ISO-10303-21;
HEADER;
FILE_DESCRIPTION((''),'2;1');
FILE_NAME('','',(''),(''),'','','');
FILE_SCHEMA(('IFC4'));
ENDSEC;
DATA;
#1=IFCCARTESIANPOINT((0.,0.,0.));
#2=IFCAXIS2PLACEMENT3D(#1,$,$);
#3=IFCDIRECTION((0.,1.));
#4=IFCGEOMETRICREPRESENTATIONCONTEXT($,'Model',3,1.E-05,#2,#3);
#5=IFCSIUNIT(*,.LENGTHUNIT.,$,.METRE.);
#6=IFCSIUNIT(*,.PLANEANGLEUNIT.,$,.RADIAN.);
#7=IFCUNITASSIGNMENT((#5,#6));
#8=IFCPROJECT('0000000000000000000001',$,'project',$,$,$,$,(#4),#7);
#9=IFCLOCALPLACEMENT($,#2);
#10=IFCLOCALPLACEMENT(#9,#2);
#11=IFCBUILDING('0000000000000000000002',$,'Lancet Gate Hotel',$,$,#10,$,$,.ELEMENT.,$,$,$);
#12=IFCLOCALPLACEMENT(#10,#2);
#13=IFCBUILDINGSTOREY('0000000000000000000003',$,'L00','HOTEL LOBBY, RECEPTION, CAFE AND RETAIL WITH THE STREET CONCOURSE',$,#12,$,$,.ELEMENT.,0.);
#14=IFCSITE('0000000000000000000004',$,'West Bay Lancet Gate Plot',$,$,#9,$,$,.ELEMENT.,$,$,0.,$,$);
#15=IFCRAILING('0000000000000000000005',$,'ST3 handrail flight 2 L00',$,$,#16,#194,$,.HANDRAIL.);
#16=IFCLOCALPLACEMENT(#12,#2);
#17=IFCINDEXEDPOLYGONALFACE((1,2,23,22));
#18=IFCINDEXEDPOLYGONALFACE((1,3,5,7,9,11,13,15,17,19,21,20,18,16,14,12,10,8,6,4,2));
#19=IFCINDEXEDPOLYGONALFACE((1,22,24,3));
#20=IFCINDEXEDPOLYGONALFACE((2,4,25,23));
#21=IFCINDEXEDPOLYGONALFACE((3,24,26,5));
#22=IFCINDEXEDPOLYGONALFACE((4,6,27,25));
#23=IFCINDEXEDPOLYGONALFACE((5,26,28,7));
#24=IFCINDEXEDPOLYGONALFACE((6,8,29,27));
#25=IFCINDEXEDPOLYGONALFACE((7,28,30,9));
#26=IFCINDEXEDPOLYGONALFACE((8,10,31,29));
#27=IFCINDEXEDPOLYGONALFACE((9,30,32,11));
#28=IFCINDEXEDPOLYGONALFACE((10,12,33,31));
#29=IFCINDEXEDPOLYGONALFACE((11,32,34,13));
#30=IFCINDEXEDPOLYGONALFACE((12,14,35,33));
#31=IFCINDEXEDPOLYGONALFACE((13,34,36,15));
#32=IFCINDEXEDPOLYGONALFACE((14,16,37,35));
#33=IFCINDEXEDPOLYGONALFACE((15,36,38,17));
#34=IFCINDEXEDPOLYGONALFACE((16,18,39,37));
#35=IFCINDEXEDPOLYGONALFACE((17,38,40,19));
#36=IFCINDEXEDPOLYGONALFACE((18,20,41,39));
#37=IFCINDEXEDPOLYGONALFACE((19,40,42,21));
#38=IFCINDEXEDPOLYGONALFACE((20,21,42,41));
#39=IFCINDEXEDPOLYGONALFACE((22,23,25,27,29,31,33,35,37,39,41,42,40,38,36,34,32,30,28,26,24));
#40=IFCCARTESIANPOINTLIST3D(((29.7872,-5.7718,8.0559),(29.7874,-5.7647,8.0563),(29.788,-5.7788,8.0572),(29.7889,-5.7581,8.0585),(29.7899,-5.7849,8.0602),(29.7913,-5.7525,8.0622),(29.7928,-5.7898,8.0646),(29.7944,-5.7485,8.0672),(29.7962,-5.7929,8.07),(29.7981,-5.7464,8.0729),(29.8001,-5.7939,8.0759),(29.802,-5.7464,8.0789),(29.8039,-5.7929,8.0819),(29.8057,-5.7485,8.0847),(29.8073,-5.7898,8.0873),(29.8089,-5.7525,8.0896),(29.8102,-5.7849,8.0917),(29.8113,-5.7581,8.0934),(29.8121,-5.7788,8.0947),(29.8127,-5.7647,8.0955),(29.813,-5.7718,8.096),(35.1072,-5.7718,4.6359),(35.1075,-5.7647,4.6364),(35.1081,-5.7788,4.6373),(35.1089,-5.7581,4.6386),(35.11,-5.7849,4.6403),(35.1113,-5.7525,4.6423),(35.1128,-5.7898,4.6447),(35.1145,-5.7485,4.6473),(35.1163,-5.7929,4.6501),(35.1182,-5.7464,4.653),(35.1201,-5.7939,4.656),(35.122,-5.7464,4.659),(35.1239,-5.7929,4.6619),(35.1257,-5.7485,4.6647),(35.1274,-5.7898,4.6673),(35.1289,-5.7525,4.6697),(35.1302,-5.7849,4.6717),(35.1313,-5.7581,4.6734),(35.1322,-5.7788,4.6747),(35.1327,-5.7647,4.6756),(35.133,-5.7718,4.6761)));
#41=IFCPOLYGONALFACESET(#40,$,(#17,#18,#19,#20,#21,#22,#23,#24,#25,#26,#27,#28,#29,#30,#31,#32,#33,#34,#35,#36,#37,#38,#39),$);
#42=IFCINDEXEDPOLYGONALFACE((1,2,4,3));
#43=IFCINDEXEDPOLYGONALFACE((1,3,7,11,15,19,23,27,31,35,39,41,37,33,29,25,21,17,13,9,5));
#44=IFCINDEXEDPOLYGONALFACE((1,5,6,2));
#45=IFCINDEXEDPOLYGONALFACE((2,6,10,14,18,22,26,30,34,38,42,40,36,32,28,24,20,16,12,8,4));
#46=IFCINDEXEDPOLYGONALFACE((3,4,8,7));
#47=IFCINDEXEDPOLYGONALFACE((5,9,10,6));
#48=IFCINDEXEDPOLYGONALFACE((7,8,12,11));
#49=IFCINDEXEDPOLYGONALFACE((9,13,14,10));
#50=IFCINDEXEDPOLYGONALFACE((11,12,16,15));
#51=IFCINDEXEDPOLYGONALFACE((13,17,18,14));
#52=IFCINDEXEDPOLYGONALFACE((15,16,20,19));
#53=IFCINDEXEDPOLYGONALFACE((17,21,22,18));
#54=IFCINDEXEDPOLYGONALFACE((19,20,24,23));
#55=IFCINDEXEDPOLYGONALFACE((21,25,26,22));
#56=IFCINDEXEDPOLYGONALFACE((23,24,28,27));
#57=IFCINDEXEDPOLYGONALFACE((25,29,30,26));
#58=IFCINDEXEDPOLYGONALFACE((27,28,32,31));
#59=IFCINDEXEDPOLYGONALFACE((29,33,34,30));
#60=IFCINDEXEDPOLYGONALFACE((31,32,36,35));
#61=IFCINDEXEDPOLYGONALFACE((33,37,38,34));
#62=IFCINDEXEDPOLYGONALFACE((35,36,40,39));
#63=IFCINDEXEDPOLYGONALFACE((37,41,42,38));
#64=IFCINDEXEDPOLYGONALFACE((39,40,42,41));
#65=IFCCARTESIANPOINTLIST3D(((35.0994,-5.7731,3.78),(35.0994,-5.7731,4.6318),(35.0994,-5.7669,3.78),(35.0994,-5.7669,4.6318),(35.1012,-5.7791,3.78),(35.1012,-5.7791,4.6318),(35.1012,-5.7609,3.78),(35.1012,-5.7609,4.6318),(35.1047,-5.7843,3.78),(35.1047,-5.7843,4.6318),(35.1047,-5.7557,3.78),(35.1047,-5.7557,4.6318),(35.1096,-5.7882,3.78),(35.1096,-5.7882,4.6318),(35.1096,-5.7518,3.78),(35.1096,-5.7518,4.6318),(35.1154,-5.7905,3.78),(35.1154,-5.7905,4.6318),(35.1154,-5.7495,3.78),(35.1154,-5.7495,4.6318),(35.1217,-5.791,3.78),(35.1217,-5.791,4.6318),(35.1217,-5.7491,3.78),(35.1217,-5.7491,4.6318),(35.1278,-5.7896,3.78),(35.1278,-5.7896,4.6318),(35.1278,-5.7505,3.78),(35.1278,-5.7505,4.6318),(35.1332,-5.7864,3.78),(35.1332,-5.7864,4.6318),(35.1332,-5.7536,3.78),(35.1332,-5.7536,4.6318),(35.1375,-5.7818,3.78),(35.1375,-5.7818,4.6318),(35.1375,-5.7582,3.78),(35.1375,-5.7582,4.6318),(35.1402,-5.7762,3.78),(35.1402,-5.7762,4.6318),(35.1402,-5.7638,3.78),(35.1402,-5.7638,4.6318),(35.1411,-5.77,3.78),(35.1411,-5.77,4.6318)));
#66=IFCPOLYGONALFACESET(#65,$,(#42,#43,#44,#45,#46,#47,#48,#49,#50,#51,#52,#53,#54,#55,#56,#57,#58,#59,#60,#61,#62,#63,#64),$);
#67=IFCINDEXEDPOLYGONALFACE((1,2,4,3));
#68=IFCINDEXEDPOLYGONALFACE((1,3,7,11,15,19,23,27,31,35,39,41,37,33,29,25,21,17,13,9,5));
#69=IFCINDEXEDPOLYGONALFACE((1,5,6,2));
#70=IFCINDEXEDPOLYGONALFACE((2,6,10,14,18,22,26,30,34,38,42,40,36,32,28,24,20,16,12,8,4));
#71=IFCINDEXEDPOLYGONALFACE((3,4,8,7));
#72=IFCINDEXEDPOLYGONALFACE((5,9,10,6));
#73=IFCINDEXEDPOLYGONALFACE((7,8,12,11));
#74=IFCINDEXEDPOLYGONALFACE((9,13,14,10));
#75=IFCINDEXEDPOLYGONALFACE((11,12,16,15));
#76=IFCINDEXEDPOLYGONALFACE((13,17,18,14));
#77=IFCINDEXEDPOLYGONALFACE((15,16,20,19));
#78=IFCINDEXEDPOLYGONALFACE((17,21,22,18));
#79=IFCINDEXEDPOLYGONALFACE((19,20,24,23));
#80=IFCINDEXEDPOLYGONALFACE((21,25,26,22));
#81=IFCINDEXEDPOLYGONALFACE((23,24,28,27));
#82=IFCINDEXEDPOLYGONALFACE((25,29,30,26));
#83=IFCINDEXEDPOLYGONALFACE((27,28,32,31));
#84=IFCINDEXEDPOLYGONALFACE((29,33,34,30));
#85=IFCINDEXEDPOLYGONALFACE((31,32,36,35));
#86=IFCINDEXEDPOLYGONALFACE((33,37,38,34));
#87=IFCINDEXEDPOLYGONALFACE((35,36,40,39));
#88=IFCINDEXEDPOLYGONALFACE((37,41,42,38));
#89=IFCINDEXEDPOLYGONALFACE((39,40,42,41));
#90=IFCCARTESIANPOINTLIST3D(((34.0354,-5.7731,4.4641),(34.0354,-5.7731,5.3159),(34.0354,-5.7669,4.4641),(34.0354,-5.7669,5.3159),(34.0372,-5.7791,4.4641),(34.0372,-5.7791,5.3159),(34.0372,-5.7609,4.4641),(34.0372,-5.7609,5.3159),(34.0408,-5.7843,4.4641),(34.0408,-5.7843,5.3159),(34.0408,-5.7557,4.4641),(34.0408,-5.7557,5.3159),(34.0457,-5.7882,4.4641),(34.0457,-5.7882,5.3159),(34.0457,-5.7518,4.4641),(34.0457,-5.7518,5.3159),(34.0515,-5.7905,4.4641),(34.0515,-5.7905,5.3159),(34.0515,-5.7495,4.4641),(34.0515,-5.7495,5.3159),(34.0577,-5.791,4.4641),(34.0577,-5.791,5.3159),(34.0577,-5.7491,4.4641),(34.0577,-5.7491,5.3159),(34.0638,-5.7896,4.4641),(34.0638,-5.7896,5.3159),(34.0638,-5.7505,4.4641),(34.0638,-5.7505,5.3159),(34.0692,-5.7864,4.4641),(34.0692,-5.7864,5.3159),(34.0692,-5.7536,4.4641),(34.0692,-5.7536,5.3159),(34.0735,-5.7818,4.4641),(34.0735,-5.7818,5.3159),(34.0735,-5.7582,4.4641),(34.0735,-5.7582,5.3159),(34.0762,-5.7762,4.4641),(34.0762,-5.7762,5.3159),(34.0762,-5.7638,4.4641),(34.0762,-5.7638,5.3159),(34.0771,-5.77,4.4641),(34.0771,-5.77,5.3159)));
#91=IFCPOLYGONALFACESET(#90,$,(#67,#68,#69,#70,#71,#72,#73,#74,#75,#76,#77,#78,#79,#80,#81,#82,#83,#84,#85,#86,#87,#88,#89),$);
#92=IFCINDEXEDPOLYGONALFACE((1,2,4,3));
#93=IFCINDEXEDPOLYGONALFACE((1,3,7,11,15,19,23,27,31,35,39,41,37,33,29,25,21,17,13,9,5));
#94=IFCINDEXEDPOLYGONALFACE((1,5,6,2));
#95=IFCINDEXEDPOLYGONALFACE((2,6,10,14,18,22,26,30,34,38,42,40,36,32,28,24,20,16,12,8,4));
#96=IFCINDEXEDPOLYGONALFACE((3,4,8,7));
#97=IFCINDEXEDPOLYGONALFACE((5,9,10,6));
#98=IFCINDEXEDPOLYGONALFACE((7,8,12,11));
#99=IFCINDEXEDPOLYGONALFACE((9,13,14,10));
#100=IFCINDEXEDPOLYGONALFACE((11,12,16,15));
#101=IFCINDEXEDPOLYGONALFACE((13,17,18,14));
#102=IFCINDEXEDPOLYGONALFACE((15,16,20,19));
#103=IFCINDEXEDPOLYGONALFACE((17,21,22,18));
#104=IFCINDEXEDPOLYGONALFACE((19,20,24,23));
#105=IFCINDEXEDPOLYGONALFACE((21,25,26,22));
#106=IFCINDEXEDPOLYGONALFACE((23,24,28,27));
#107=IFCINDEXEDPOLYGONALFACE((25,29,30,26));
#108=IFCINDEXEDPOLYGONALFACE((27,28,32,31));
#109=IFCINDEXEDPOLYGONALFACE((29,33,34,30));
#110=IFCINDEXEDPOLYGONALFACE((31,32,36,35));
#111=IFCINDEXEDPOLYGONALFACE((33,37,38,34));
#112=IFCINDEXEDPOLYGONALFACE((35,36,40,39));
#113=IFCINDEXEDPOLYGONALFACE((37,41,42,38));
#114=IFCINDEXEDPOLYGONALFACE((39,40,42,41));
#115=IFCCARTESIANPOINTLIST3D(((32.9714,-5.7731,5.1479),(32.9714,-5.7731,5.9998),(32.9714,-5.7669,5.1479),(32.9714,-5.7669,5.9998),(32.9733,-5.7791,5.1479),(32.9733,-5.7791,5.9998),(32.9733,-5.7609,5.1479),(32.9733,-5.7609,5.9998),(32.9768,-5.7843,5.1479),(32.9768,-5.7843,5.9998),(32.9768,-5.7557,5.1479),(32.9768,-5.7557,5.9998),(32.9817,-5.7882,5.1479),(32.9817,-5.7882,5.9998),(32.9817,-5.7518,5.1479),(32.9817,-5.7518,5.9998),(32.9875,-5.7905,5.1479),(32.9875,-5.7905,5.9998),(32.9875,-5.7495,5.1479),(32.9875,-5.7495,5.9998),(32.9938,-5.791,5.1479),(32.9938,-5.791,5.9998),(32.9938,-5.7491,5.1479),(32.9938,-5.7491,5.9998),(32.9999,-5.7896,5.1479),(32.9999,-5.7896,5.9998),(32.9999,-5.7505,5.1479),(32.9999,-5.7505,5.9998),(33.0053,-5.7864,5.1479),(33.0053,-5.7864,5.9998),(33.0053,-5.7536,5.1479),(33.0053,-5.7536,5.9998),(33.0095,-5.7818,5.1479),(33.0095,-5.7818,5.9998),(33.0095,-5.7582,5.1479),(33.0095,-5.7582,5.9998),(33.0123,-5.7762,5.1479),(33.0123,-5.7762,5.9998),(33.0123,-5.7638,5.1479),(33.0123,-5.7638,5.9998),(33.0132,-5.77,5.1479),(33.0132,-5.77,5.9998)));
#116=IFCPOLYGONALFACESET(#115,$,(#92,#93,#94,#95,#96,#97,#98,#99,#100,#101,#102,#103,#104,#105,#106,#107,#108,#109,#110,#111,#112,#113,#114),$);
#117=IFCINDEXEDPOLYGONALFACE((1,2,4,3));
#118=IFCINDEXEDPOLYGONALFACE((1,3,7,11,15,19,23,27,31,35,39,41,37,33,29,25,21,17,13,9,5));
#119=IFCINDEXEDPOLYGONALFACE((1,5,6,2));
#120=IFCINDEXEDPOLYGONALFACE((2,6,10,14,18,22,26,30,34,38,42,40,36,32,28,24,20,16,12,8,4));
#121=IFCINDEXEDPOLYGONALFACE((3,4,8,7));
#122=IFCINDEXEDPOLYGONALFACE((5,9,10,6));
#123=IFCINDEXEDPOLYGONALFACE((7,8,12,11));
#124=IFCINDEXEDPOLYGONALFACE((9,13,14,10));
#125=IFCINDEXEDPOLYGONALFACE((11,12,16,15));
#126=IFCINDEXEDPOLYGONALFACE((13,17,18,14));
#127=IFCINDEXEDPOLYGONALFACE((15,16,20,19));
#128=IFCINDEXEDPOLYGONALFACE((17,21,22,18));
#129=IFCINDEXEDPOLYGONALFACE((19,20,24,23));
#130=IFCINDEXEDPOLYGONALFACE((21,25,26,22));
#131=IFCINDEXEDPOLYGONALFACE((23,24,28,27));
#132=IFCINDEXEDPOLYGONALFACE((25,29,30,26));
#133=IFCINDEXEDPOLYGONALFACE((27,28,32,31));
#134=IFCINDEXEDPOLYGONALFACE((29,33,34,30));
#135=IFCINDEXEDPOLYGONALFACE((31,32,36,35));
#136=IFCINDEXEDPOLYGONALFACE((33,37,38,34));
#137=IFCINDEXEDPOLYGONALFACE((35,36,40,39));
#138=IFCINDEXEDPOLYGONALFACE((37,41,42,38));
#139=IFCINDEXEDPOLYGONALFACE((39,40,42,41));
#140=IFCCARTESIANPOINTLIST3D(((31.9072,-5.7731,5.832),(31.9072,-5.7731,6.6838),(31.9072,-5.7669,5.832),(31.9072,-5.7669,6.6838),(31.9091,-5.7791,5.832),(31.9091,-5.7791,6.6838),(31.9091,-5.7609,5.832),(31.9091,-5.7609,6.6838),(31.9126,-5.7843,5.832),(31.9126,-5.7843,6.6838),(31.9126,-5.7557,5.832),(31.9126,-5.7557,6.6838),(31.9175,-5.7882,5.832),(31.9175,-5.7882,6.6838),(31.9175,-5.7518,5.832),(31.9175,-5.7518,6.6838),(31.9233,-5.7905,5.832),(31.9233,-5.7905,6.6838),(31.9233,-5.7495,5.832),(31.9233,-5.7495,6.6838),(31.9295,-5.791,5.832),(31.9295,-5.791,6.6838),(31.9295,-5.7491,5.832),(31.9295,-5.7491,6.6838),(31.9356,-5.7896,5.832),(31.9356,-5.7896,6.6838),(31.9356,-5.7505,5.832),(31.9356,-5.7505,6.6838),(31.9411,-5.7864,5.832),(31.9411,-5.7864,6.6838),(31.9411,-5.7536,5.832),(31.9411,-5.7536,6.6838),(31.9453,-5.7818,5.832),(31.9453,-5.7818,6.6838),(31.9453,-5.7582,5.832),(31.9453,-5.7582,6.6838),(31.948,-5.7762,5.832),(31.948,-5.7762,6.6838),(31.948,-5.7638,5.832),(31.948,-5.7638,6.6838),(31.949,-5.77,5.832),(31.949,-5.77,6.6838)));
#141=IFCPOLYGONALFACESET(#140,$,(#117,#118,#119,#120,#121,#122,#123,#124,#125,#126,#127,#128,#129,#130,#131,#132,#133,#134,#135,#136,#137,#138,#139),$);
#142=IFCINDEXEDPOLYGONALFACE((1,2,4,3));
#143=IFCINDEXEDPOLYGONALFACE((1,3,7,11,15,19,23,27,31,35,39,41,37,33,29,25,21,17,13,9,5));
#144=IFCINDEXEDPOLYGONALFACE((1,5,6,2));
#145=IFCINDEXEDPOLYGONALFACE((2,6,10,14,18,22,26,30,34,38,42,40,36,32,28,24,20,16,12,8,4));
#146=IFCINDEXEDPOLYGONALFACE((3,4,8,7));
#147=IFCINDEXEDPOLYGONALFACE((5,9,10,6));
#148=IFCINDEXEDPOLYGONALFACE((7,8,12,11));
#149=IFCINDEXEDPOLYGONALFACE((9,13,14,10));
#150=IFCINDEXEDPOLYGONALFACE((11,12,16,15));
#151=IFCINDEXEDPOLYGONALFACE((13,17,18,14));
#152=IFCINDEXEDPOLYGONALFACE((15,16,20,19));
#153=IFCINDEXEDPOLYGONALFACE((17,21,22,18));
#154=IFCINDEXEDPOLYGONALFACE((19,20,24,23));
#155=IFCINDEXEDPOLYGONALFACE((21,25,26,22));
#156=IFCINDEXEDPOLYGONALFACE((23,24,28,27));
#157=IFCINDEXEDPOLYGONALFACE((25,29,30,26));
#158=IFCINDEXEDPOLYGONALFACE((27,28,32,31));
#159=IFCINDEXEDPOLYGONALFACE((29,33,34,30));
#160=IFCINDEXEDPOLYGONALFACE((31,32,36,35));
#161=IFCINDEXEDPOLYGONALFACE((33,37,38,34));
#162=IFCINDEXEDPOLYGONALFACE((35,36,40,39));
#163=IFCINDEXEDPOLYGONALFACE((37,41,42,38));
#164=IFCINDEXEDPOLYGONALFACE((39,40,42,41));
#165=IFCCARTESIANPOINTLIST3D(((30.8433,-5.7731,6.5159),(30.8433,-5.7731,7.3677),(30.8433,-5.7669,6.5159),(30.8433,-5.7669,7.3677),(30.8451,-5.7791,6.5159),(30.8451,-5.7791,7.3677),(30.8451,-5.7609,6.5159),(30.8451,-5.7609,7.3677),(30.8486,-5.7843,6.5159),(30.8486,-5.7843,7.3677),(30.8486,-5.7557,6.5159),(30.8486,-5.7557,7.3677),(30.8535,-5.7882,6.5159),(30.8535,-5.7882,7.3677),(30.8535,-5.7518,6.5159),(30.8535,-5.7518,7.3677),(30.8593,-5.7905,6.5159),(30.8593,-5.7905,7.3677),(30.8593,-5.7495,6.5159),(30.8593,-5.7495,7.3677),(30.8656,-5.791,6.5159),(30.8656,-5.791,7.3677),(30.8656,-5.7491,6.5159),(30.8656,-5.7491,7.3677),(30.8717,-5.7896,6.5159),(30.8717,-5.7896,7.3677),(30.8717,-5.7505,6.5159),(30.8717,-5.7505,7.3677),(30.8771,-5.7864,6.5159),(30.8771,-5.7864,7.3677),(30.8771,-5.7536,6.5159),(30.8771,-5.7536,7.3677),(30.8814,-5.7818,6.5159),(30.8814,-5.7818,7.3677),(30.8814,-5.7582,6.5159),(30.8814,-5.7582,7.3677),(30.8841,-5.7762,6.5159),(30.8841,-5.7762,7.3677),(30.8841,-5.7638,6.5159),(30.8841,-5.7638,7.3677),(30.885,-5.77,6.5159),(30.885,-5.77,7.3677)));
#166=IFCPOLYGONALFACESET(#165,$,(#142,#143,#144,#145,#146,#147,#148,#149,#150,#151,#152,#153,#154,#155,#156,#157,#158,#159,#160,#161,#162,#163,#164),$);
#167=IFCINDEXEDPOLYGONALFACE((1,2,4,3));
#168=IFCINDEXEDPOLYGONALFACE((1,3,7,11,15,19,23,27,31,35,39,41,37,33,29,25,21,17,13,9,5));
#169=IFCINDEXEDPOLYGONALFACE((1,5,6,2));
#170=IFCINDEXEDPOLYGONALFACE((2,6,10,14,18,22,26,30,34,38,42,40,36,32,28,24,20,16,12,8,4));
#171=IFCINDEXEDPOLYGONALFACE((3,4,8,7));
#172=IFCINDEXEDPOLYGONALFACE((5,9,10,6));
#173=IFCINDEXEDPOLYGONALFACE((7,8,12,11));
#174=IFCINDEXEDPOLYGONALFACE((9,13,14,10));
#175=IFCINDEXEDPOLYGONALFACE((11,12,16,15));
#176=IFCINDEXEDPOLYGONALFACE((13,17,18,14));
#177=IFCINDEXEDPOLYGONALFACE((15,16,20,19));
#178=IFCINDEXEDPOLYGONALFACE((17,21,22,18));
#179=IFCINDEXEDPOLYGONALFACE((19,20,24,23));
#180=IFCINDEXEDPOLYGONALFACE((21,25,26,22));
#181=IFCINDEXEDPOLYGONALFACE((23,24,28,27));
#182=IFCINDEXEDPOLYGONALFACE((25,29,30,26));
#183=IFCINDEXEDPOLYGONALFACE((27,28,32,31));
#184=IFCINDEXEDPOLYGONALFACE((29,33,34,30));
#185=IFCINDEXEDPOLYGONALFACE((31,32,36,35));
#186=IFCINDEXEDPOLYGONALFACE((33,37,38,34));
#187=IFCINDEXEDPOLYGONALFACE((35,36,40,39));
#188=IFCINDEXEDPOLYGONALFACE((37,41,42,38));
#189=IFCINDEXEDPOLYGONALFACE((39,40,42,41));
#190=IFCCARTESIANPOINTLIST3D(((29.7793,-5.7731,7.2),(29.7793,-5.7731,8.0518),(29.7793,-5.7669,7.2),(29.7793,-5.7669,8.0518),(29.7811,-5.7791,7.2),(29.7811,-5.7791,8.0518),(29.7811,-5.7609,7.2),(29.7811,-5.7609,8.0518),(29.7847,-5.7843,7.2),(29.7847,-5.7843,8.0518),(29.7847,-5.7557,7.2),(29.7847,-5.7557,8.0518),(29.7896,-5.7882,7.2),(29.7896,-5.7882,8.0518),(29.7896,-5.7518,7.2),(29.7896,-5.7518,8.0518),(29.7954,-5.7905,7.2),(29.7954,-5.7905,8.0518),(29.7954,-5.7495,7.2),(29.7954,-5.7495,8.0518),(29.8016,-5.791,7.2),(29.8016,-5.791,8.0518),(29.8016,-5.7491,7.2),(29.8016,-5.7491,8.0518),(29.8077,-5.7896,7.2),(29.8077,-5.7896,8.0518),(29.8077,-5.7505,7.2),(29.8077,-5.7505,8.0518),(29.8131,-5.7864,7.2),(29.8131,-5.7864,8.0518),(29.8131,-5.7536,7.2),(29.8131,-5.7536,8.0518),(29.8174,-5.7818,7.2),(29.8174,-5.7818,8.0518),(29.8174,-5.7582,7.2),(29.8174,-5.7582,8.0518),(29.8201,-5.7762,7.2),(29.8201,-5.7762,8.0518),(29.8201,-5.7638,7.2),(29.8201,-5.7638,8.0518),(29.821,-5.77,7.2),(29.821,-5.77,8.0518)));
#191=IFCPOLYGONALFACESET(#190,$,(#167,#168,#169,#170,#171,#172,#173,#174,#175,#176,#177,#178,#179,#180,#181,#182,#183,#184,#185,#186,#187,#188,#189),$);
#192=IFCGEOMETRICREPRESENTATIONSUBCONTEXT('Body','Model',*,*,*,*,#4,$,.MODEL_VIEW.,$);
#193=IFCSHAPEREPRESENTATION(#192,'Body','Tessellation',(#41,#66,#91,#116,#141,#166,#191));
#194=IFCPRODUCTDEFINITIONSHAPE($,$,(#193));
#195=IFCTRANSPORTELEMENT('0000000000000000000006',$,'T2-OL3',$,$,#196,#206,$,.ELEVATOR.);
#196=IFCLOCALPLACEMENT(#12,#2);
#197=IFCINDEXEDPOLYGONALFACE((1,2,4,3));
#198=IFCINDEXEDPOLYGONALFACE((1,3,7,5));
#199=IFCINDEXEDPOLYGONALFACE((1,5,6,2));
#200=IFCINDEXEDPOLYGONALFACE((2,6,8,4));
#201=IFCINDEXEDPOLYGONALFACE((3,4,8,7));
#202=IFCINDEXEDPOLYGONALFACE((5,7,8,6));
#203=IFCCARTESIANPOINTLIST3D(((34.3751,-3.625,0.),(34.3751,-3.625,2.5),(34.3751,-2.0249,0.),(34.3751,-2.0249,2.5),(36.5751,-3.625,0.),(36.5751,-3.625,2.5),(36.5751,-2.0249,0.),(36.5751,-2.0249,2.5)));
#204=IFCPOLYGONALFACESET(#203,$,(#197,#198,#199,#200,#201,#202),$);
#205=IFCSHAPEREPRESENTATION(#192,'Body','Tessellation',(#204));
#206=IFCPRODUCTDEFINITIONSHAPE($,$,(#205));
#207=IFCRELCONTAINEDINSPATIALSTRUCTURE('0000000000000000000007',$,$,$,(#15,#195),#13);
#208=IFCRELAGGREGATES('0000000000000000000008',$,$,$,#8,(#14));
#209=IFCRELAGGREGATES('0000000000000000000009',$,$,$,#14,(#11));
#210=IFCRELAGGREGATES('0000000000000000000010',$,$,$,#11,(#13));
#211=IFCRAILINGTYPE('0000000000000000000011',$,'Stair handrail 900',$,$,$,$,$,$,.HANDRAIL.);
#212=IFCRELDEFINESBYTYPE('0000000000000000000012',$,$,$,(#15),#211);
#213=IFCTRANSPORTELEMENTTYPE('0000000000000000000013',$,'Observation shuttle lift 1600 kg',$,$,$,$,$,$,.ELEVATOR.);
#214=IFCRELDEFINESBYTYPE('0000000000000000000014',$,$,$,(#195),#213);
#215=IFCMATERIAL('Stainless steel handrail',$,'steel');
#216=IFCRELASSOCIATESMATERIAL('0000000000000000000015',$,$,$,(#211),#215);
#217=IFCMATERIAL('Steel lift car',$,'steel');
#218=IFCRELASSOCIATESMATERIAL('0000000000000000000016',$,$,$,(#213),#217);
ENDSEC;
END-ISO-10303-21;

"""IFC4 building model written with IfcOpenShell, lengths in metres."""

from ifc_helpers import new_model, si_unit, direction, frame, origin, origin_2d, place, context, subcontext, project, spatial, rectangle, circle, extrude, material, type_object, element, save


model = new_model("IFC4")

# Units and contexts
model_context = context("Model", 3, precision=1e-05, world=origin(), true_north=direction((0.0, 1.0)))
body_context = subcontext(model_context, "Body", "Model", "MODEL_VIEW")
ifc_project = project(units=[si_unit("LENGTHUNIT", "METRE"), si_unit("PLANEANGLEUNIT", "RADIAN")], contexts=[model_context])

# Site, building, storey
site_placement = place(None, origin())
site = spatial("IfcSite", under=ifc_project, at=site_placement, Name="West Bay Lancet Gate Plot", CompositionType="ELEMENT", RefElevation=0.0)
building_placement = place(site_placement, origin())
building = spatial("IfcBuilding", under=site, at=building_placement, Name="Lancet Gate Hotel", CompositionType="ELEMENT")
storey_placement = place(building_placement, origin())
storey = spatial("IfcBuildingStorey", under=building, at=storey_placement, Name="L00", Description="HOTEL LOBBY, RECEPTION, CAFE AND RETAIL WITH THE STREET CONCOURSE", CompositionType="ELEMENT", Elevation=0.0)

# Railing
ifc_material_1 = material(Name="Stainless steel handrail", Category="steel")
railing_type = type_object("IfcRailingType", Name="Stair handrail 900", PredefinedType="HANDRAIL", material=ifc_material_1)
railing_placement = place(storey_placement, frame((35.1201, -5.77, 3.78)))
element("IfcRailing", 1, at=railing_placement, inside=storey, type_object=railing_type, Name="ST3 handrail flight 2 L00", PredefinedType="HANDRAIL", context=body_context, shape_type="SweptSolid", body=[
    extrude(circle(Radius=0.0239, at=origin_2d()), frame((0.0, 0.0, 0.876), z_axis=(-0.841187, 0.0, 0.540744), x_axis=(0.0, -1.0, 0.0)), (0.0, 0.0, 1.0), 6.3245),
    extrude(circle(Radius=0.021, at=origin_2d()), origin(), (0.0, 0.0, 1.0), 0.8518),
    extrude(circle(Radius=0.021, at=origin_2d()), frame((-1.064, 0.0, 0.6841)), (0.0, 0.0, 1.0), 0.8518),
    extrude(circle(Radius=0.021, at=origin_2d()), frame((-2.1279, 0.0, 1.3679)), (0.0, 0.0, 1.0), 0.8518),
    extrude(circle(Radius=0.021, at=origin_2d()), frame((-3.1921, 0.0, 2.052)), (0.0, 0.0, 1.0), 0.8518),
    extrude(circle(Radius=0.021, at=origin_2d()), frame((-4.2561, 0.0, 2.7358)), (0.0, 0.0, 1.0), 0.8518),
    extrude(circle(Radius=0.021, at=origin_2d()), frame((-5.3201, 0.0, 3.4199)), (0.0, 0.0, 1.0), 0.8518),
])

# Transport element
ifc_material_2 = material(Name="Steel lift car", Category="steel")
transport_element_type = type_object("IfcTransportElementType", Name="Observation shuttle lift 1600 kg", PredefinedType="ELEVATOR", material=ifc_material_2)
transport_element_placement = place(storey_placement, frame((35.4751, -2.825, 0.0), z_axis=(0.0, 0.0, 1.0), x_axis=(1.0, 0.0, 0.0)))
element("IfcTransportElement", 2, at=transport_element_placement, inside=storey, type_object=transport_element_type, Name="T2-OL3", PredefinedType="ELEVATOR", context=body_context, shape_type="SweptSolid", body=[
    extrude(rectangle(XDim=2.2, YDim=1.6001, at=origin_2d()), origin(), (0.0, 0.0, 1.0), 2.5),
])

save(model, "model.ifc")
